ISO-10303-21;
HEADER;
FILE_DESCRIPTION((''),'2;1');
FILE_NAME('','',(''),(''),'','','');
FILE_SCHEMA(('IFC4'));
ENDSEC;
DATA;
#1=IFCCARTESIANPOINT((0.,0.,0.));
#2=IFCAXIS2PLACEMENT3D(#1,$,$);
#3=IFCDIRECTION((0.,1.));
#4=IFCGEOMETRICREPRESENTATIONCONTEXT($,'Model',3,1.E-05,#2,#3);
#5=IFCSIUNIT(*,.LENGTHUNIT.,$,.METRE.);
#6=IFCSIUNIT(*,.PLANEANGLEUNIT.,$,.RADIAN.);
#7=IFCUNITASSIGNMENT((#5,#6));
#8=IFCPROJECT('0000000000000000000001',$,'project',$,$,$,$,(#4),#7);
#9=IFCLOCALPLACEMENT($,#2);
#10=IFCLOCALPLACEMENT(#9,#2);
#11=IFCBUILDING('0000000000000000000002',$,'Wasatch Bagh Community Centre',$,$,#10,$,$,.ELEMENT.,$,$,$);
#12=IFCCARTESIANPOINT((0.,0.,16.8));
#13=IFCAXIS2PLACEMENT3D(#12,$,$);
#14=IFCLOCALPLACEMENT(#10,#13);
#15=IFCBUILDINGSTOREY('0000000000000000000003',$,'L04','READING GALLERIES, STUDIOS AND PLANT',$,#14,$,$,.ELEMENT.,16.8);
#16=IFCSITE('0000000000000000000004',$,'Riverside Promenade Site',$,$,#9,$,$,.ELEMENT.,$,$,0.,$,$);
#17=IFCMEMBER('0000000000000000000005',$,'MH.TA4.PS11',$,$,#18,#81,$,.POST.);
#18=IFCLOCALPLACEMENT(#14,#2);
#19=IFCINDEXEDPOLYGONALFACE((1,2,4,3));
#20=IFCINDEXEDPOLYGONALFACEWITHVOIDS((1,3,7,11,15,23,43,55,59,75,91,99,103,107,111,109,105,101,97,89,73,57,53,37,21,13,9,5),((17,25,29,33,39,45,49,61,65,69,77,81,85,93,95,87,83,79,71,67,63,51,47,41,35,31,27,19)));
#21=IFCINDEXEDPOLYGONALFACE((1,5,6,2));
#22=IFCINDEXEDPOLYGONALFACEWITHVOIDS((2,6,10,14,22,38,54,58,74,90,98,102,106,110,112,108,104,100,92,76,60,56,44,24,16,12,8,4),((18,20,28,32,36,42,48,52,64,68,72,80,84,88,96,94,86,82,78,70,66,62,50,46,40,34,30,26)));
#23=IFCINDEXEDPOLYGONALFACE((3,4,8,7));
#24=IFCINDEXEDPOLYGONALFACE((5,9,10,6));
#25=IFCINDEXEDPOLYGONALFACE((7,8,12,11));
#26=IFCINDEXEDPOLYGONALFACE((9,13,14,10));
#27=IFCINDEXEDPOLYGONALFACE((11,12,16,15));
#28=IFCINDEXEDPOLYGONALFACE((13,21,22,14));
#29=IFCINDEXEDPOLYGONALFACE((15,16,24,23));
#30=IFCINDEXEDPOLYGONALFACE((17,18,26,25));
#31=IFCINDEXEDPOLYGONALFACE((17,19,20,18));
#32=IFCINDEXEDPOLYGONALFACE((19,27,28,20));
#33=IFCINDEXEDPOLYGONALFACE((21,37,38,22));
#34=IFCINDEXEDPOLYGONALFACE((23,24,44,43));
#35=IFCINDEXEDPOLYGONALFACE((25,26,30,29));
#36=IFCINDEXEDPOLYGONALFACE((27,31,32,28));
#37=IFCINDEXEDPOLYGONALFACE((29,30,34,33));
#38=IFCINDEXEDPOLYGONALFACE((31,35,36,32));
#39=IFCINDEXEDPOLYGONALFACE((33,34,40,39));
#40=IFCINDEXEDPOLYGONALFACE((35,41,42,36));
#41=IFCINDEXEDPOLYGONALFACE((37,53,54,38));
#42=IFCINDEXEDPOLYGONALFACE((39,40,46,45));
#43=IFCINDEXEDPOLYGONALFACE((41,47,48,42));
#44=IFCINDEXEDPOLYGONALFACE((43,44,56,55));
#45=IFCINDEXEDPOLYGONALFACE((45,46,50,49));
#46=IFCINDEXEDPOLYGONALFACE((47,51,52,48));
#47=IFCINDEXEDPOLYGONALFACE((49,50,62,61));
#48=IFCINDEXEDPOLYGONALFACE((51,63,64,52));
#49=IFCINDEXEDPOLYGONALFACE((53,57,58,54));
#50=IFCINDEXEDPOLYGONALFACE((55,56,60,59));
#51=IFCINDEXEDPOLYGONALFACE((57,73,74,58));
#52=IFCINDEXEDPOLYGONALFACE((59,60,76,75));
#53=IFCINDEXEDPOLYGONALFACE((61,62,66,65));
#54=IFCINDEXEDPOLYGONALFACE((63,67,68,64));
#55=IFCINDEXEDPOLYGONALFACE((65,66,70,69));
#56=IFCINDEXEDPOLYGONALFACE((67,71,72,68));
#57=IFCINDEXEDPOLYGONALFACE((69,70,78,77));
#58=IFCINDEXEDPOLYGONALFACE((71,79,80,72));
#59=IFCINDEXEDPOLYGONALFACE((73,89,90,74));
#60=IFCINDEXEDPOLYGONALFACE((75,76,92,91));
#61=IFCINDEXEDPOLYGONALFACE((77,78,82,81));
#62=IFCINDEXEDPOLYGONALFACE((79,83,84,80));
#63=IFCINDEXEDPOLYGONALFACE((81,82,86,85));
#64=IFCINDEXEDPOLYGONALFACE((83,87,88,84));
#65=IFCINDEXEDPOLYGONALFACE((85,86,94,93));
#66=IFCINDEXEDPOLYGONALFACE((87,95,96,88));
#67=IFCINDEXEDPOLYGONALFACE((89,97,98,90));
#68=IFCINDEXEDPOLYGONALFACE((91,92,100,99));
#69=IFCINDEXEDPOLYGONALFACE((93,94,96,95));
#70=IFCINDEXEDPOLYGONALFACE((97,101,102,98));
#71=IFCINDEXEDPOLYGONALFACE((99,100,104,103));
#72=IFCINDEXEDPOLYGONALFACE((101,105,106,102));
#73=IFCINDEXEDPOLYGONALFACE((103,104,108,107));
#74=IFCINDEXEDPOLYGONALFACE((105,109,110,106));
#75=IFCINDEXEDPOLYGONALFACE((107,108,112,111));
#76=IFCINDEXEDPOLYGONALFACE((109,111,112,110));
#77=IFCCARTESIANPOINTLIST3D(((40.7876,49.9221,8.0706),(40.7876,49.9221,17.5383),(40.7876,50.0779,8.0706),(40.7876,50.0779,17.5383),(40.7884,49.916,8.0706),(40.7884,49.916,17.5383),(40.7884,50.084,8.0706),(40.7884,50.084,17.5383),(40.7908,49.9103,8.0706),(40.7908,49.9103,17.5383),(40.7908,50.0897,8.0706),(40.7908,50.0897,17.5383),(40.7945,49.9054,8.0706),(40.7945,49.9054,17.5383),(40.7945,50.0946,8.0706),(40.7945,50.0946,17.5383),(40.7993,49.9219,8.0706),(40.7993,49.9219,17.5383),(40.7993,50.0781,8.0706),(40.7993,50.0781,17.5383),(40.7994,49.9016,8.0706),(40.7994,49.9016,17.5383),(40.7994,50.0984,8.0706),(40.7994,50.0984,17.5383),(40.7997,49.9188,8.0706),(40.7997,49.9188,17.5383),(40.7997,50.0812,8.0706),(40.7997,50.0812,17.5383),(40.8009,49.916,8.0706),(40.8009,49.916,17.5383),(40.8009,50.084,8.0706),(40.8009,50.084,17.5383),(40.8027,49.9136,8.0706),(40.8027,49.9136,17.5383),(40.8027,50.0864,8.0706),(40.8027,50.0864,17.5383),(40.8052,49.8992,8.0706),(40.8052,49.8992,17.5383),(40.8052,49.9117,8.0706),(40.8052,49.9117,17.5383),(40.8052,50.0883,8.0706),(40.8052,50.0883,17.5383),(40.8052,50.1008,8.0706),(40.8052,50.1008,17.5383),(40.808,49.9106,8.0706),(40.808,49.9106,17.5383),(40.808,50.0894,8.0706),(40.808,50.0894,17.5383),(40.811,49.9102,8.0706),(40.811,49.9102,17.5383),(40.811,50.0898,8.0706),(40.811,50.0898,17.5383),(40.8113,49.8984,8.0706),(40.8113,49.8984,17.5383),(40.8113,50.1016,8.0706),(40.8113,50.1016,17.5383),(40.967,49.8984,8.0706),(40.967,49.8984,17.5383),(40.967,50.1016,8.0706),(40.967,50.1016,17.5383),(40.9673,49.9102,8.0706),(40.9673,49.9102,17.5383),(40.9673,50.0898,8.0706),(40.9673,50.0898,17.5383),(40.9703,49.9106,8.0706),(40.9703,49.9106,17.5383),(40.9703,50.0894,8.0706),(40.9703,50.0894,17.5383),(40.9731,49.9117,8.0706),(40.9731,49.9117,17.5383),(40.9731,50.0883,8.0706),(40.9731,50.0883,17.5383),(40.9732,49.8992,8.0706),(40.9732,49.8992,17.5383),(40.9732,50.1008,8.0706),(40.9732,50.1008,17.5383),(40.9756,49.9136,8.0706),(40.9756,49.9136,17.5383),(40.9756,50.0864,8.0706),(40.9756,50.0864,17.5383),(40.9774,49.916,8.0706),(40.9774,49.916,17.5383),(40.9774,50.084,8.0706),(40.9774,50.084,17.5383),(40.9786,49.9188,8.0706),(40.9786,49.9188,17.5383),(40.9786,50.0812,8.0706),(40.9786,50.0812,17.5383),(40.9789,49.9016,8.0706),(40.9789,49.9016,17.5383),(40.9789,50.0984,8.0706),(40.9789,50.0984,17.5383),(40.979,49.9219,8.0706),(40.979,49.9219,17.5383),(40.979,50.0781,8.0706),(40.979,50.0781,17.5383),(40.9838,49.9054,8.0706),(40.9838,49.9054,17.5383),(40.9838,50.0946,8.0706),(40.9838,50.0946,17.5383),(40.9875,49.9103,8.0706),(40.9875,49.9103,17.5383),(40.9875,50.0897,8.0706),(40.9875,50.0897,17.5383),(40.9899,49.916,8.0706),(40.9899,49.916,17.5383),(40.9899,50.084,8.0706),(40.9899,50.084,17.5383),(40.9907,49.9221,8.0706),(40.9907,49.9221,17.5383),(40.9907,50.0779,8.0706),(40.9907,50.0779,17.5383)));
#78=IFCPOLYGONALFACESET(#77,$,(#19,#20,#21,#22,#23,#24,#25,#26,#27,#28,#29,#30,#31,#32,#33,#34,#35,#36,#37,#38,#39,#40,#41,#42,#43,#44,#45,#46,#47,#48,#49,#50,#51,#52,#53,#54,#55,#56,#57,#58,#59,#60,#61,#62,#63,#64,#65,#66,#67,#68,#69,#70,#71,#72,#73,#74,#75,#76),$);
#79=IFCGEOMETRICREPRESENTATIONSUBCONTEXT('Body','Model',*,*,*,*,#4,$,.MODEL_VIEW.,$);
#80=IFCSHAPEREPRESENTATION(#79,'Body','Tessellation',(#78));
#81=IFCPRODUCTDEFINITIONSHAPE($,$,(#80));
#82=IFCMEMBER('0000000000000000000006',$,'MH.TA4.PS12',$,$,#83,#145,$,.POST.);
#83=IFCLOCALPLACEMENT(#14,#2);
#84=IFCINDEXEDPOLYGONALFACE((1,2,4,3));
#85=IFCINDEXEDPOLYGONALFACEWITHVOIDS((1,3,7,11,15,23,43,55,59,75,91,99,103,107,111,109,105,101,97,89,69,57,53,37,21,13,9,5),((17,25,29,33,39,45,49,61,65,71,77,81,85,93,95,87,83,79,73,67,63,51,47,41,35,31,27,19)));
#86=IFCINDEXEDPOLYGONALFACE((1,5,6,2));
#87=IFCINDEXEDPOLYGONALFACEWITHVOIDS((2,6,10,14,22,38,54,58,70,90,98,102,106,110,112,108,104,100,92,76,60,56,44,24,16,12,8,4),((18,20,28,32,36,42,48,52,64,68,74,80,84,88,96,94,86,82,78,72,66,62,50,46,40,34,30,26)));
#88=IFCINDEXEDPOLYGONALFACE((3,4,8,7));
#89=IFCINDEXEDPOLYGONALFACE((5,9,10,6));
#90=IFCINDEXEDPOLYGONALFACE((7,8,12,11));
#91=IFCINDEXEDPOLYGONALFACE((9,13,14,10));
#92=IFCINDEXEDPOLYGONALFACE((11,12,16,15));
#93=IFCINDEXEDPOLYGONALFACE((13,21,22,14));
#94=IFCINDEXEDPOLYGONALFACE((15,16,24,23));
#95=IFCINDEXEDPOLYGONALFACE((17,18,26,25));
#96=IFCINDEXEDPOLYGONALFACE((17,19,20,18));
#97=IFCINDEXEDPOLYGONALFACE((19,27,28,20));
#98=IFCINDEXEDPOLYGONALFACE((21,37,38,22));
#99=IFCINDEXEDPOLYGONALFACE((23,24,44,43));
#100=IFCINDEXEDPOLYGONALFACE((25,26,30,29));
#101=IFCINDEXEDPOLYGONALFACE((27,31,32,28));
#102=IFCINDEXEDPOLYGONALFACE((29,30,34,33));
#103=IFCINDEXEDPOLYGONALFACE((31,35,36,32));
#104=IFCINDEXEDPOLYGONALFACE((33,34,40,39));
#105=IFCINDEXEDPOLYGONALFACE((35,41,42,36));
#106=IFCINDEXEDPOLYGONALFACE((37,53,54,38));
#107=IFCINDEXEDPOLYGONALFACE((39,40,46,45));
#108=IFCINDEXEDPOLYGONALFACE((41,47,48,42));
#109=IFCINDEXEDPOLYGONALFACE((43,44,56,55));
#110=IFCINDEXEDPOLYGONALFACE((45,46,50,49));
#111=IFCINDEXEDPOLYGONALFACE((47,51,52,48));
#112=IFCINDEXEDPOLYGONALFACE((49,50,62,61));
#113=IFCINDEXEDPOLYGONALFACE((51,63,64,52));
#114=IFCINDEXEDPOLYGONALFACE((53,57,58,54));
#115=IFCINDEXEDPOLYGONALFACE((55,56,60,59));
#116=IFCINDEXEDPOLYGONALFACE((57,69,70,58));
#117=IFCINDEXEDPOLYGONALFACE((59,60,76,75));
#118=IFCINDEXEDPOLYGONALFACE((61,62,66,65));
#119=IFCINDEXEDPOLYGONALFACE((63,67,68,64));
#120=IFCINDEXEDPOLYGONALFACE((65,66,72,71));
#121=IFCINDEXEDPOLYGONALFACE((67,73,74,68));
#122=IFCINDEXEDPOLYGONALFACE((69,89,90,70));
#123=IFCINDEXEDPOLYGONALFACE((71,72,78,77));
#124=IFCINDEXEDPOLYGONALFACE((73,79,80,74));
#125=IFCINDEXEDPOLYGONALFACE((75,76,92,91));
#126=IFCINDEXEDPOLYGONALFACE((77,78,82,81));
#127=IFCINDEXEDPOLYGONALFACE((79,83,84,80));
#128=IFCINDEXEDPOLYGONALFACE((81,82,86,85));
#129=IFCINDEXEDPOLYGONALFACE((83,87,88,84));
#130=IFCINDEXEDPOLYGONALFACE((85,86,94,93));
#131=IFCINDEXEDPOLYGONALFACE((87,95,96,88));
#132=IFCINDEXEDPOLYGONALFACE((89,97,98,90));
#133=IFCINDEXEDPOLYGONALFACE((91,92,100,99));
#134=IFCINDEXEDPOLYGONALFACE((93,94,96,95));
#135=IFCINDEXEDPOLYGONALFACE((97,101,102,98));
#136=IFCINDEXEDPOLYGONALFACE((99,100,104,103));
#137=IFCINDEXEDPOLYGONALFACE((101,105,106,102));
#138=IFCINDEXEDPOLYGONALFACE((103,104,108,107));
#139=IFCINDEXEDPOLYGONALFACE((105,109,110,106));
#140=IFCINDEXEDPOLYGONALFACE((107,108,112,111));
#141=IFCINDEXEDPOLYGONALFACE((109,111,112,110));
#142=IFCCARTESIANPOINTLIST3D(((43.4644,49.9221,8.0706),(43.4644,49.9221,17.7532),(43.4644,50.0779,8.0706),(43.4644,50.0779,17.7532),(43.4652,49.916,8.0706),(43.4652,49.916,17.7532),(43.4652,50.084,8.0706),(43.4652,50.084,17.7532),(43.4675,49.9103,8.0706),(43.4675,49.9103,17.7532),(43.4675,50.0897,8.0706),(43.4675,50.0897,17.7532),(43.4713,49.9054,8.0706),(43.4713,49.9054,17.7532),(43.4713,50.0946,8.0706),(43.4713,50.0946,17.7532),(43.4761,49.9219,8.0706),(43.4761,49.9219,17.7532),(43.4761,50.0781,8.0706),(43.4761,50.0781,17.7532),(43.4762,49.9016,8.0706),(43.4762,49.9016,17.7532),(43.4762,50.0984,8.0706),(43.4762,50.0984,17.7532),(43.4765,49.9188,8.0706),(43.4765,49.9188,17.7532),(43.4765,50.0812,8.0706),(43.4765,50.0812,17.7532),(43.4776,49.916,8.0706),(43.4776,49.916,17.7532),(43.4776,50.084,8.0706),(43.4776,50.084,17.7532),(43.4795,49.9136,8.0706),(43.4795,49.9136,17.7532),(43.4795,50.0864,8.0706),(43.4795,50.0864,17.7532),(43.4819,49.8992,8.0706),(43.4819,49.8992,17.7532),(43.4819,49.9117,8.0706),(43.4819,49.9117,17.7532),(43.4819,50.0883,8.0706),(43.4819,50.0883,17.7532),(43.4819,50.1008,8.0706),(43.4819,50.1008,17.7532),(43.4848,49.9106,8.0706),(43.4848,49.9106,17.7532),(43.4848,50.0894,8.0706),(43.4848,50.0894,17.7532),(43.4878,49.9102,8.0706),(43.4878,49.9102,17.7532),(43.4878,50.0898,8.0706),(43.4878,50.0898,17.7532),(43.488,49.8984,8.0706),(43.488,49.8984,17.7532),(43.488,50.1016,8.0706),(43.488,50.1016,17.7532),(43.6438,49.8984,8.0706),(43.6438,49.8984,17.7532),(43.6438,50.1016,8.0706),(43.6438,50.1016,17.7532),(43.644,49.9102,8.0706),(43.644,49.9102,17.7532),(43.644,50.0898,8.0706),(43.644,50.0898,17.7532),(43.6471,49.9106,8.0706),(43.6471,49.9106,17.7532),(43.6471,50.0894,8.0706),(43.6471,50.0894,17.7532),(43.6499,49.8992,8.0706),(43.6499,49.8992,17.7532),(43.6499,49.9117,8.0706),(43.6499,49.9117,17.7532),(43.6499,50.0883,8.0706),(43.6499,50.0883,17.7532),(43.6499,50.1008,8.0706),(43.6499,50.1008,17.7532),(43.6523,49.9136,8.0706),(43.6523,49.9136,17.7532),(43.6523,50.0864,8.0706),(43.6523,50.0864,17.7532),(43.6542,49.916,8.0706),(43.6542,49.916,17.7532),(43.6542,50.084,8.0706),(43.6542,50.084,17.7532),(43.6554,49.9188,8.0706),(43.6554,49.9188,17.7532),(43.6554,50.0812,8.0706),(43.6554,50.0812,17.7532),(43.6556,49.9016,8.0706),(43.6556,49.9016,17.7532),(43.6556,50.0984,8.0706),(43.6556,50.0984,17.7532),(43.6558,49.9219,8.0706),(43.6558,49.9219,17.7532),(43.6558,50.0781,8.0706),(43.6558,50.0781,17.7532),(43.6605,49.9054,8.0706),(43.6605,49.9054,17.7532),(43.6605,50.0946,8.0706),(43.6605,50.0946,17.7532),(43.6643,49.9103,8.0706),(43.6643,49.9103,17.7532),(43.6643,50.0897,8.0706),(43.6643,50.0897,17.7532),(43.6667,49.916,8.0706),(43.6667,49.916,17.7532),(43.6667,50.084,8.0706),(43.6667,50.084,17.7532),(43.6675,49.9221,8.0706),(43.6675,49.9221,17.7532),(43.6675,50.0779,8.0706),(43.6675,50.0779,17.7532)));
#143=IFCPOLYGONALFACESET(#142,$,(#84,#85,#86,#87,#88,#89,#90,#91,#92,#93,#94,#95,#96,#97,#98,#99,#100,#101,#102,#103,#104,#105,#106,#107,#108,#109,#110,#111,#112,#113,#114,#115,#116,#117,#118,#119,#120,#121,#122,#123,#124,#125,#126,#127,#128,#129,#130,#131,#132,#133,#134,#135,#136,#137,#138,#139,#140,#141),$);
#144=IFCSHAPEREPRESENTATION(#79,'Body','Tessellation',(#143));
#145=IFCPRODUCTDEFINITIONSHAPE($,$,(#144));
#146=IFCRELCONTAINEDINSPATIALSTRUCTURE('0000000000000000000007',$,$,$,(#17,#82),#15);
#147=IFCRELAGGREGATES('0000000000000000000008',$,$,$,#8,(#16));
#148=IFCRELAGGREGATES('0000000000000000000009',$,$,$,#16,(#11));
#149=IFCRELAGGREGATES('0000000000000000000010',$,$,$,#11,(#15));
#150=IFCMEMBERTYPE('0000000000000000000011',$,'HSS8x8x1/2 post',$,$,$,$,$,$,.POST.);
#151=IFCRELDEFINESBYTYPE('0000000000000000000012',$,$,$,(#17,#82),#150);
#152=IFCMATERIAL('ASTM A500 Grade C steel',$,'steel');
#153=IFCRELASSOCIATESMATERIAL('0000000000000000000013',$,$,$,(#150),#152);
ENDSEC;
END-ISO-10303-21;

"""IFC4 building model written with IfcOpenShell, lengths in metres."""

from ifc_helpers import new_model, si_unit, direction, frame, origin, origin_2d, place, context, subcontext, project, spatial, hollow_rectangle, extrude, material, material_profile, profile_set, type_object, element, save


model = new_model("IFC4")

# Units and contexts
model_context = context("Model", 3, precision=1e-05, world=origin(), true_north=direction((0.0, 1.0)))
body_context = subcontext(model_context, "Body", "Model", "MODEL_VIEW")
ifc_project = project(units=[si_unit("LENGTHUNIT", "METRE"), si_unit("PLANEANGLEUNIT", "RADIAN")], contexts=[model_context])

# Site, building, storey
site_placement = place(None, origin())
site = spatial("IfcSite", under=ifc_project, at=site_placement, Name="Riverside Promenade Site", CompositionType="ELEMENT", RefElevation=0.0)
building_placement = place(site_placement, origin())
building = spatial("IfcBuilding", under=site, at=building_placement, Name="Wasatch Bagh Community Centre", CompositionType="ELEMENT")
storey_placement = place(building_placement, frame((0.0, 0.0, 16.8)))
storey = spatial("IfcBuildingStorey", under=building, at=storey_placement, Name="L04", Description="READING GALLERIES, STUDIOS AND PLANT", CompositionType="ELEMENT", Elevation=16.8)

# Members
ifc_material_1 = material(Name="ASTM A500 Grade C steel", Category="steel")
ifc_material_profile_1 = material_profile(ifc_material_1, hollow_rectangle(XDim=0.2031, YDim=0.2031, WallThickness=0.0117, InnerFilletRadius=0.0117, OuterFilletRadius=0.0237, at=origin_2d()), Name="HSS8x8x1/2")
ifc_profile_set_1 = profile_set([ifc_material_profile_1], Name="ASTM A500 Grade C steel")
member_type_1 = type_object("IfcMemberType", Name="HSS8x8x1/2 post", PredefinedType="POST", material=ifc_profile_set_1)
member_1_placement = place(storey_placement, frame((40.8892, 50.0, 8.0706), z_axis=(0.0, 0.0, 1.0), x_axis=(1.0, 0.0, 0.0)))
element("IfcMember", 1, at=member_1_placement, inside=storey, type_object=member_type_1, Name="MH.TA4.PS11", PredefinedType="POST", context=body_context, shape_type="SweptSolid", body=[
    extrude(hollow_rectangle(XDim=0.2031, YDim=0.2031, WallThickness=0.0117, InnerFilletRadius=0.0117, OuterFilletRadius=0.0237, at=origin_2d()), origin(), (0.0, 0.0, 1.0), 9.4678),
])
member_2_placement = place(storey_placement, frame((43.5659, 50.0, 8.0706), z_axis=(0.0, 0.0, 1.0), x_axis=(1.0, 0.0, 0.0)))
element("IfcMember", 2, at=member_2_placement, inside=storey, type_object=member_type_1, Name="MH.TA4.PS12", PredefinedType="POST", context=body_context, shape_type="SweptSolid", body=[
    extrude(hollow_rectangle(XDim=0.2031, YDim=0.2031, WallThickness=0.0117, InnerFilletRadius=0.0117, OuterFilletRadius=0.0237, at=origin_2d()), origin(), (0.0, 0.0, 1.0), 9.6826),
])

save(model, "model.ifc")
